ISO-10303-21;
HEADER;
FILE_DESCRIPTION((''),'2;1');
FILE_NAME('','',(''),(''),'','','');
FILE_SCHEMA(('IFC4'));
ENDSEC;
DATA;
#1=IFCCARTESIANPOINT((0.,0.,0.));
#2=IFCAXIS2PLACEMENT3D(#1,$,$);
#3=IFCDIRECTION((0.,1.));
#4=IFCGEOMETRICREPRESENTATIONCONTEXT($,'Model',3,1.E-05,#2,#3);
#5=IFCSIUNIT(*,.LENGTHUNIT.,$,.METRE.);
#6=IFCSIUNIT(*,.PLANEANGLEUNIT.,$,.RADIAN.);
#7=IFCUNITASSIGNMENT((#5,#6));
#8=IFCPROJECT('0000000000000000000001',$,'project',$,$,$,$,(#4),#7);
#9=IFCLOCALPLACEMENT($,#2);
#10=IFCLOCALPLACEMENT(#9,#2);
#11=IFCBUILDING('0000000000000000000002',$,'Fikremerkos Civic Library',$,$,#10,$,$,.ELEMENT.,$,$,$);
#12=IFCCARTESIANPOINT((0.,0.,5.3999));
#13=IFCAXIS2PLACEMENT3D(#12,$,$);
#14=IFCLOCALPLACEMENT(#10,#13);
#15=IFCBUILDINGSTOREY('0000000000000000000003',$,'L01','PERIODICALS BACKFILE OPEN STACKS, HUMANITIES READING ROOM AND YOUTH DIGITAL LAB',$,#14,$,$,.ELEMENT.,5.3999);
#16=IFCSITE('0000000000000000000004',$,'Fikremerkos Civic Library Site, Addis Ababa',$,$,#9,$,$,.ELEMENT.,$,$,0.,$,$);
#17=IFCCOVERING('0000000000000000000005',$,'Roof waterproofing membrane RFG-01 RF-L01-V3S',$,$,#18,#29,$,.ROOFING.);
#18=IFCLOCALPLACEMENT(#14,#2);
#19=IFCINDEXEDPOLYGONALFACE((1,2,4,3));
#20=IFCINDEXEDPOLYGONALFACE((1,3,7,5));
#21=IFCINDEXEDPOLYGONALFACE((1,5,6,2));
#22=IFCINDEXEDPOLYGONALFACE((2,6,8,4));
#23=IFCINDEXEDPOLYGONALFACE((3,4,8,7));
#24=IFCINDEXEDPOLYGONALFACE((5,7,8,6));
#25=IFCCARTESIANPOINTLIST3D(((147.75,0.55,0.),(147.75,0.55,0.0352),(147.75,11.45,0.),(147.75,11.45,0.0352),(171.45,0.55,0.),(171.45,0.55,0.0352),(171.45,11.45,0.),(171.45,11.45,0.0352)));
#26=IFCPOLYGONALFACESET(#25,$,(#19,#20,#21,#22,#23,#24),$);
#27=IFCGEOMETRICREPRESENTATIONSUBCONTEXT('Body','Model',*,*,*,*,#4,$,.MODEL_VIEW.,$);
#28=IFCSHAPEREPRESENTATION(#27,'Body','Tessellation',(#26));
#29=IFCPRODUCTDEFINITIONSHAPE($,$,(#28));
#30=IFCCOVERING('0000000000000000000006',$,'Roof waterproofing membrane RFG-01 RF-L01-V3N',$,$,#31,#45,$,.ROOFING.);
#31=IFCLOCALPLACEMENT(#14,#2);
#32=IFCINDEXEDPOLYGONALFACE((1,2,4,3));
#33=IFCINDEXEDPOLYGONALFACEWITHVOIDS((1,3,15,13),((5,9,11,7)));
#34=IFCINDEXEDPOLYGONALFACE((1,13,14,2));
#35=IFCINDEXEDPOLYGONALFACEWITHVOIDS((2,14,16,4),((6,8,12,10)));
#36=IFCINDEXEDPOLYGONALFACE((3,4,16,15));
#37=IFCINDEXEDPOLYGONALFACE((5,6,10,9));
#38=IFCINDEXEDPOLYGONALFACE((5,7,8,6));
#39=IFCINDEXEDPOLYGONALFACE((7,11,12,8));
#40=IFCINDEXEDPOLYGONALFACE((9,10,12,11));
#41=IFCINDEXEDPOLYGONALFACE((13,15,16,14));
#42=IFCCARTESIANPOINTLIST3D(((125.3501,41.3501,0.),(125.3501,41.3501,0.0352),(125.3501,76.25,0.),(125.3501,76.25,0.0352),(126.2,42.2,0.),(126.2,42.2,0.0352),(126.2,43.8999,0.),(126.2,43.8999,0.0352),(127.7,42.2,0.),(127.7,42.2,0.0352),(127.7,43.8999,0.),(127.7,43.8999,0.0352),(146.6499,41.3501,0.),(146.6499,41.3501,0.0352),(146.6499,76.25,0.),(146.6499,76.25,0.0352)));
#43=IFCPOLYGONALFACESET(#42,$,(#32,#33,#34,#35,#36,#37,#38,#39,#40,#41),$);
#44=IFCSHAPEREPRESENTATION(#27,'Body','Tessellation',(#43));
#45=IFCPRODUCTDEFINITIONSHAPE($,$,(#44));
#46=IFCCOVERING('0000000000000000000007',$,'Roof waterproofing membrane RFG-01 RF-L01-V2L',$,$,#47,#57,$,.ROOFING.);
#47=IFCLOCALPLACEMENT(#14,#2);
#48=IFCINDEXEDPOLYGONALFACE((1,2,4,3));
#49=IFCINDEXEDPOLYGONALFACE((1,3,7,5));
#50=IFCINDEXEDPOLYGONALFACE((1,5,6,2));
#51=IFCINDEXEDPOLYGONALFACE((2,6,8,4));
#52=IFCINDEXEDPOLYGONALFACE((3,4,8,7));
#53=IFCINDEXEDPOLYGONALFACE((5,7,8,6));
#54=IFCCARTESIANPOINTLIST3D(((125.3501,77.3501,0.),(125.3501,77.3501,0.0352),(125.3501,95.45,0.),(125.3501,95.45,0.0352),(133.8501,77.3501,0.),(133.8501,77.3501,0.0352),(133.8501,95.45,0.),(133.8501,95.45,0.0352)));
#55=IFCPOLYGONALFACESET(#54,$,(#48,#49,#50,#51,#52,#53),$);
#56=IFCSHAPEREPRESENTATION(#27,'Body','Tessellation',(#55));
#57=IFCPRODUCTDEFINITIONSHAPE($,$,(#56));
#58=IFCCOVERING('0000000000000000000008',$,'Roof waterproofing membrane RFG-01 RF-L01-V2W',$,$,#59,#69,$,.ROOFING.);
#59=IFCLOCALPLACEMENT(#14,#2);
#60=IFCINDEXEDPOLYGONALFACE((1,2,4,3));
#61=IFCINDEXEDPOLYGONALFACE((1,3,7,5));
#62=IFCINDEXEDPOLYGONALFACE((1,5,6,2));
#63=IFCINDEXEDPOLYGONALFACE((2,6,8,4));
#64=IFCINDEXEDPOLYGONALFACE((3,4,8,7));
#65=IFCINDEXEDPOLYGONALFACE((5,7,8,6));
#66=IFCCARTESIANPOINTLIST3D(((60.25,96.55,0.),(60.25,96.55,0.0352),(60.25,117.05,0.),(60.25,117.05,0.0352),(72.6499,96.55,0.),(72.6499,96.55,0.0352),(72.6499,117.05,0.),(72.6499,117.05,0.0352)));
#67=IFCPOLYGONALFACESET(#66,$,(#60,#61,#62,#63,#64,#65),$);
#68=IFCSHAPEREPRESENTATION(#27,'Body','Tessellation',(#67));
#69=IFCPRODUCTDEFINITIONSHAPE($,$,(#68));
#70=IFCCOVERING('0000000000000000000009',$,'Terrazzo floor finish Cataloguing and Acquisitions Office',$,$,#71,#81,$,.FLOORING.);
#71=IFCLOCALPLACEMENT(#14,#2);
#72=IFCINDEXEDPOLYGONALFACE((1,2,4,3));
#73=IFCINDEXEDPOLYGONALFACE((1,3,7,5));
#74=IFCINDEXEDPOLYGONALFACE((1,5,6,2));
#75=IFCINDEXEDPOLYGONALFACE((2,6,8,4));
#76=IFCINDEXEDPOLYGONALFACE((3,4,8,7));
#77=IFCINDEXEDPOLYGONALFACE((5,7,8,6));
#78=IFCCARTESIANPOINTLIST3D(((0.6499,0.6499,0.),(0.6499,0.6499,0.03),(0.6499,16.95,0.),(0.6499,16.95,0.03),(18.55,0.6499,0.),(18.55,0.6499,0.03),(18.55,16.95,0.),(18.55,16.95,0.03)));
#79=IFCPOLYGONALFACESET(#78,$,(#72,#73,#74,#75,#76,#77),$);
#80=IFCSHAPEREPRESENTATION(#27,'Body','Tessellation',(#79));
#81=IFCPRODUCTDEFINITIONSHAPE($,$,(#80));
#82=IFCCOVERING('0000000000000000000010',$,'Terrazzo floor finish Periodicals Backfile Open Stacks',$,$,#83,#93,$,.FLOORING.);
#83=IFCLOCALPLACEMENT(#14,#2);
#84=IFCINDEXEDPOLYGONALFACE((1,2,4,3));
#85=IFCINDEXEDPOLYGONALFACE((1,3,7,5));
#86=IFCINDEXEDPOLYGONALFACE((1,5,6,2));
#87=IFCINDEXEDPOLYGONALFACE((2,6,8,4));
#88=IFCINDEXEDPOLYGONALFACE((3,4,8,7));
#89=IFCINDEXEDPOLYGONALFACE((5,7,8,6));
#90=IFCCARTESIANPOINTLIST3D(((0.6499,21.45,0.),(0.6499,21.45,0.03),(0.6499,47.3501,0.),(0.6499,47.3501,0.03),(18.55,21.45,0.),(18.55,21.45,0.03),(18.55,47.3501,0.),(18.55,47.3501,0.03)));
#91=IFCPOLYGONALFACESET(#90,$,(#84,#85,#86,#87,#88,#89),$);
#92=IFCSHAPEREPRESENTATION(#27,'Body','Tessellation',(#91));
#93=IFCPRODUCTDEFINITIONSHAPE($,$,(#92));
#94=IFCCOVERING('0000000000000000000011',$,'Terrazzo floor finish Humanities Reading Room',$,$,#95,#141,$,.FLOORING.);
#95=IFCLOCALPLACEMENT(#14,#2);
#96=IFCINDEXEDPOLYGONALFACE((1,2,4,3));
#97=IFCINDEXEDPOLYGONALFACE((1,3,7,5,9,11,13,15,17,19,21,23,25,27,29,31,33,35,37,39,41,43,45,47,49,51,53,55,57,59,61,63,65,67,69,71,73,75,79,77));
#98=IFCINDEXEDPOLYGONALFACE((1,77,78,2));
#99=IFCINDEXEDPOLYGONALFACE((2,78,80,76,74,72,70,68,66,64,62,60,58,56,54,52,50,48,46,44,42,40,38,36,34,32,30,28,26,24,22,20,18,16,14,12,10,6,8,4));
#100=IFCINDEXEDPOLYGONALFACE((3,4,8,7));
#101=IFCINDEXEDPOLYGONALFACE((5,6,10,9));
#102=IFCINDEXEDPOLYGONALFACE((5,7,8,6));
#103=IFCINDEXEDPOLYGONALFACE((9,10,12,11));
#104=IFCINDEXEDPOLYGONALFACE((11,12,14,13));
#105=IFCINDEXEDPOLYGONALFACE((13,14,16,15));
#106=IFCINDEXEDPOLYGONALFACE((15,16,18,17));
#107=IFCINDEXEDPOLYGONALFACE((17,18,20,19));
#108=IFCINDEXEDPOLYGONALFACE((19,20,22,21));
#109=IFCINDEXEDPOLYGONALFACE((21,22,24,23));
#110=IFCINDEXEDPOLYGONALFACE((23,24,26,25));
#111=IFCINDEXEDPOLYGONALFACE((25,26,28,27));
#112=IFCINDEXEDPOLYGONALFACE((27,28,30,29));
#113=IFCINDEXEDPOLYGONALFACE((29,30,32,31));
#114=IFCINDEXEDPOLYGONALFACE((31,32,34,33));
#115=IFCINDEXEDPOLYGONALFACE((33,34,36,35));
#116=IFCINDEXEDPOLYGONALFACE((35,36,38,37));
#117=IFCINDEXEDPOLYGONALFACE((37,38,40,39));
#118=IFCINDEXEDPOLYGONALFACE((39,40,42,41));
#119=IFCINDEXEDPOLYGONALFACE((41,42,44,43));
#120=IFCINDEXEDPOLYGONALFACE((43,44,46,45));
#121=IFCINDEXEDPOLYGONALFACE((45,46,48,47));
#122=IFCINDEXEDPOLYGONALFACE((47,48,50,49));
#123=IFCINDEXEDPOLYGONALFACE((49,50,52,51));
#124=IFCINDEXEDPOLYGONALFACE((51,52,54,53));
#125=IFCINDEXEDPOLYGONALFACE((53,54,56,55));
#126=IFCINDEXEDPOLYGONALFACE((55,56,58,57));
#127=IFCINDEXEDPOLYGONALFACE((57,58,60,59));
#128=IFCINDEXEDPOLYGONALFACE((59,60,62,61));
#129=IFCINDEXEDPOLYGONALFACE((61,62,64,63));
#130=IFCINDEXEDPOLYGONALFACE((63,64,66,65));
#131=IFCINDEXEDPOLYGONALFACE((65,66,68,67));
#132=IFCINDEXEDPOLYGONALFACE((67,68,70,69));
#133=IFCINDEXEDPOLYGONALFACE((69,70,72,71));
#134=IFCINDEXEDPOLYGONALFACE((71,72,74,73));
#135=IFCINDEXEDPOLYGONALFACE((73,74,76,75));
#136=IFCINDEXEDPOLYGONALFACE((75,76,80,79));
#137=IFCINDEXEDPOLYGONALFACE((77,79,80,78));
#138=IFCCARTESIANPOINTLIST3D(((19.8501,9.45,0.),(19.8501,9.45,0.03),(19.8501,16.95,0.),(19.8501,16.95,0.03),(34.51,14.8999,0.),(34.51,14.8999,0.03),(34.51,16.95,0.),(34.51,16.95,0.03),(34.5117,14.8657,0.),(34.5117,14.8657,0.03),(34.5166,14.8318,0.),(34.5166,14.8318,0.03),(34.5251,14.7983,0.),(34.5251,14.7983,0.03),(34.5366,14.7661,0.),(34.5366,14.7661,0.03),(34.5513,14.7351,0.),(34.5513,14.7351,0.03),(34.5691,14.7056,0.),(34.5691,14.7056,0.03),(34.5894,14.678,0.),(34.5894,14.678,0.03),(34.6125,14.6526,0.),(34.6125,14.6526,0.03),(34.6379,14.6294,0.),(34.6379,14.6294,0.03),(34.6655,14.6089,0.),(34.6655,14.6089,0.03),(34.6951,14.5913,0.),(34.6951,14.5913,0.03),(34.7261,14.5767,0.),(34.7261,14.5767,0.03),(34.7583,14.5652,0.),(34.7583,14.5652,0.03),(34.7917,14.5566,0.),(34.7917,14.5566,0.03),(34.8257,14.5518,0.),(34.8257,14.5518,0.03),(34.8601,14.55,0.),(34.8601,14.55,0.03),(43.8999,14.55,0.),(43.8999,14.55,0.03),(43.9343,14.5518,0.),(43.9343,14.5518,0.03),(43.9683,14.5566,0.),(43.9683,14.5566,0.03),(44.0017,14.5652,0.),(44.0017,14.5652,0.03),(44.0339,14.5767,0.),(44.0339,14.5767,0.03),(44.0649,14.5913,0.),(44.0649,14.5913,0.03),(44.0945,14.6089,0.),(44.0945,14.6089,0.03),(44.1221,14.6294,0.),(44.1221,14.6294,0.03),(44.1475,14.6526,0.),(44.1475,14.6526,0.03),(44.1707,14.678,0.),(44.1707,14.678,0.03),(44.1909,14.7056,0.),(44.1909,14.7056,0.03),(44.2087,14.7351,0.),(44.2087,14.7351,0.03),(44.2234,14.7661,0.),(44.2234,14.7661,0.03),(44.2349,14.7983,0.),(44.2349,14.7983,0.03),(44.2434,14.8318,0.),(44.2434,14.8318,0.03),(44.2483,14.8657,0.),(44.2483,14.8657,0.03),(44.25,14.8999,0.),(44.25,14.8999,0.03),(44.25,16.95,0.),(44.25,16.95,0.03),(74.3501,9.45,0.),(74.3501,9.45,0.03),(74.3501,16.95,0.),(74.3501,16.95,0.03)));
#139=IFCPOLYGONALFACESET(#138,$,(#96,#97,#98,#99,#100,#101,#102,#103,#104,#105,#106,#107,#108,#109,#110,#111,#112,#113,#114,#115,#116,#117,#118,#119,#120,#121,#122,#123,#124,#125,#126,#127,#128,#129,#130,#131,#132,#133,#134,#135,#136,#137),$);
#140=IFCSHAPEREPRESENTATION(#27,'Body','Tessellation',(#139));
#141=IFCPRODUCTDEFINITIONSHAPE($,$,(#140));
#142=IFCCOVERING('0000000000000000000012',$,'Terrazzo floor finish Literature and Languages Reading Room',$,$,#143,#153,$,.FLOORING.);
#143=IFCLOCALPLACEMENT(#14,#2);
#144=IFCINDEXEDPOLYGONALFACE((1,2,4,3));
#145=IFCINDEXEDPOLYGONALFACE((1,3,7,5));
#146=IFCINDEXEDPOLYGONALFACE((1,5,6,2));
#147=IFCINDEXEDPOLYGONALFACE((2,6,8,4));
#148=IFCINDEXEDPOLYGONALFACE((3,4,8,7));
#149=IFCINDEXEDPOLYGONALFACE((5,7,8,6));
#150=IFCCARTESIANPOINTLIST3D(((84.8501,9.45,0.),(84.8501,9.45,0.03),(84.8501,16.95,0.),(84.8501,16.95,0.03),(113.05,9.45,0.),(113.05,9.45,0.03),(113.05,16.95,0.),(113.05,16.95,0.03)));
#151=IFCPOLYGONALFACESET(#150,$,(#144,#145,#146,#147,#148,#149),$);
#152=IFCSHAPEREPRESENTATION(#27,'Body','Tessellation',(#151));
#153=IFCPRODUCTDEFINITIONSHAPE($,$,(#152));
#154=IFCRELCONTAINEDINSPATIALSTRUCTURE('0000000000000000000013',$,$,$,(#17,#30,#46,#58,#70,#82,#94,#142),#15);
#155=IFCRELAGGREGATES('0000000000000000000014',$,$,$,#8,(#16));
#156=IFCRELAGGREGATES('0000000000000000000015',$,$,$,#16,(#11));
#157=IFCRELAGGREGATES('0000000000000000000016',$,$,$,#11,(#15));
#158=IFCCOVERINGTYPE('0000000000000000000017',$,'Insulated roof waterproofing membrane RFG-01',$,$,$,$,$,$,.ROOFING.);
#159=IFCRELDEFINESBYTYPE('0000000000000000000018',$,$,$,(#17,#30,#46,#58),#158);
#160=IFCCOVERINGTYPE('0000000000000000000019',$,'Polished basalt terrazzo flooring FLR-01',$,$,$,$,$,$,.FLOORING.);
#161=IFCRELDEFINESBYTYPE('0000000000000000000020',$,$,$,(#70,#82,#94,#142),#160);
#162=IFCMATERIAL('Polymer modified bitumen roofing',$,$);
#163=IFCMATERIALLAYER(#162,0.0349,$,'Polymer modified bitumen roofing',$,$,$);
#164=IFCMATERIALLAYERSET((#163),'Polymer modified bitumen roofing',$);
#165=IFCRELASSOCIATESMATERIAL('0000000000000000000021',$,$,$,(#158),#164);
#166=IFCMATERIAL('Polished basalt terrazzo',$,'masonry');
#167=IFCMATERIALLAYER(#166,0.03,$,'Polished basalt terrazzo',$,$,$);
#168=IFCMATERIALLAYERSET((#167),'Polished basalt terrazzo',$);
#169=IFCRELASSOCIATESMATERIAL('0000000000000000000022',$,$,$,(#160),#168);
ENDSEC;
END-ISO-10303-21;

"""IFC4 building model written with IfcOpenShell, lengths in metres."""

from ifc_helpers import new_model, si_unit, direction, frame, origin, place, context, subcontext, project, spatial, polyline, outline, extrude, material, layer, layer_set, type_object, element, save


model = new_model("IFC4")

# Units and contexts
model_context = context("Model", 3, precision=1e-05, world=origin(), true_north=direction((0.0, 1.0)))
body_context = subcontext(model_context, "Body", "Model", "MODEL_VIEW")
ifc_project = project(units=[si_unit("LENGTHUNIT", "METRE"), si_unit("PLANEANGLEUNIT", "RADIAN")], contexts=[model_context])

# Site, building, storey
site_placement = place(None, origin())
site = spatial("IfcSite", under=ifc_project, at=site_placement, Name="Fikremerkos Civic Library Site, Addis Ababa", CompositionType="ELEMENT", RefElevation=0.0)
building_placement = place(site_placement, origin())
building = spatial("IfcBuilding", under=site, at=building_placement, Name="Fikremerkos Civic Library", CompositionType="ELEMENT")
storey_placement = place(building_placement, frame((0.0, 0.0, 5.3999)))
storey = spatial("IfcBuildingStorey", under=building, at=storey_placement, Name="L01", Description="PERIODICALS BACKFILE OPEN STACKS, HUMANITIES READING ROOM AND YOUTH DIGITAL LAB", CompositionType="ELEMENT", Elevation=5.3999)

# Coverings
ifc_material_1 = material(Name="Polymer modified bitumen roofing")
ifc_layer_1 = layer(ifc_material_1, 0.0349, Name="Polymer modified bitumen roofing")
ifc_layer_set_1 = layer_set([ifc_layer_1], Name="Polymer modified bitumen roofing")
covering_type_1 = type_object("IfcCoveringType", Name="Insulated roof waterproofing membrane RFG-01", PredefinedType="ROOFING", material=ifc_layer_set_1)
covering_1_placement = place(storey_placement, origin())
element("IfcCovering", 1, at=covering_1_placement, inside=storey, type_object=covering_type_1, Name="Roof waterproofing membrane RFG-01 RF-L01-V3S", PredefinedType="ROOFING", context=body_context, shape_type="SweptSolid", body=[
    extrude(outline(polyline([(147.75, 0.55), (171.45, 0.55), (171.45, 11.45), (147.75, 11.45), (147.75, 0.55)])), origin(), (0.0, 0.0, 1.0), 0.0352),
])
covering_2_placement = place(storey_placement, origin())
element("IfcCovering", 2, at=covering_2_placement, inside=storey, type_object=covering_type_1, Name="Roof waterproofing membrane RFG-01 RF-L01-V3N", PredefinedType="ROOFING", context=body_context, shape_type="SweptSolid", body=[
    extrude(outline(polyline([(125.3501, 41.3501), (146.6499, 41.3501), (146.6499, 76.25), (125.3501, 76.25), (125.3501, 41.3501)]), holes=[polyline([(126.2, 42.2), (127.7, 42.2), (127.7, 43.8999), (126.2, 43.8999), (126.2, 42.2)])]), origin(), (0.0, 0.0, 1.0), 0.0352),
])
covering_3_placement = place(storey_placement, origin())
element("IfcCovering", 3, at=covering_3_placement, inside=storey, type_object=covering_type_1, Name="Roof waterproofing membrane RFG-01 RF-L01-V2L", PredefinedType="ROOFING", context=body_context, shape_type="SweptSolid", body=[
    extrude(outline(polyline([(125.3501, 77.3501), (133.8501, 77.3501), (133.8501, 95.45), (125.3501, 95.45), (125.3501, 77.3501)])), origin(), (0.0, 0.0, 1.0), 0.0352),
])
covering_4_placement = place(storey_placement, origin())
element("IfcCovering", 4, at=covering_4_placement, inside=storey, type_object=covering_type_1, Name="Roof waterproofing membrane RFG-01 RF-L01-V2W", PredefinedType="ROOFING", context=body_context, shape_type="SweptSolid", body=[
    extrude(outline(polyline([(60.25, 96.55), (72.6499, 96.55), (72.6499, 117.05), (60.25, 117.05), (60.25, 96.55)])), origin(), (0.0, 0.0, 1.0), 0.0352),
])
ifc_material_2 = material(Name="Polished basalt terrazzo", Category="masonry")
ifc_layer_2 = layer(ifc_material_2, 0.03, Name="Polished basalt terrazzo")
ifc_layer_set_2 = layer_set([ifc_layer_2], Name="Polished basalt terrazzo")
covering_type_2 = type_object("IfcCoveringType", Name="Polished basalt terrazzo flooring FLR-01", PredefinedType="FLOORING", material=ifc_layer_set_2)
covering_5_placement = place(storey_placement, origin())
element("IfcCovering", 5, at=covering_5_placement, inside=storey, type_object=covering_type_2, Name="Terrazzo floor finish Cataloguing and Acquisitions Office", PredefinedType="FLOORING", context=body_context, shape_type="SweptSolid", body=[
    extrude(outline(polyline([(18.55, 16.95), (18.55, 0.6499), (0.6499, 0.6499), (0.6499, 16.95), (18.55, 16.95)])), origin(), (0.0, 0.0, 1.0), 0.03),
])
covering_6_placement = place(storey_placement, origin())
element("IfcCovering", 6, at=covering_6_placement, inside=storey, type_object=covering_type_2, Name="Terrazzo floor finish Periodicals Backfile Open Stacks", PredefinedType="FLOORING", context=body_context, shape_type="SweptSolid", body=[
    extrude(outline(polyline([(18.55, 47.3501), (18.55, 21.45), (0.6499, 21.45), (0.6499, 47.3501), (18.55, 47.3501)])), origin(), (0.0, 0.0, 1.0), 0.03),
])
covering_7_placement = place(storey_placement, origin())
element("IfcCovering", 7, at=covering_7_placement, inside=storey, type_object=covering_type_2, Name="Terrazzo floor finish Humanities Reading Room", PredefinedType="FLOORING", context=body_context, shape_type="SweptSolid", body=[
    extrude(outline(polyline([(34.51, 16.95), (34.51, 14.8999), (34.5117, 14.8657), (34.5166, 14.8318), (34.5251, 14.7983), (34.5366, 14.7661), (34.5513, 14.7351), (34.5691, 14.7056), (34.5894, 14.678), (34.6125, 14.6526), (34.6379, 14.6294), (34.6655, 14.6089), (34.6951, 14.5913), (34.7261, 14.5767), (34.7583, 14.5652), (34.7917, 14.5566), (34.8257, 14.5518), (34.8601, 14.55), (43.8999, 14.55), (43.9343, 14.5518), (43.9683, 14.5566), (44.0017, 14.5652), (44.0339, 14.5767), (44.0649, 14.5913), (44.0945, 14.6089), (44.1221, 14.6294), (44.1475, 14.6526), (44.1707, 14.678), (44.1909, 14.7056), (44.2087, 14.7351), (44.2234, 14.7661), (44.2349, 14.7983), (44.2434, 14.8318), (44.2483, 14.8657), (44.25, 14.8999), (44.25, 16.95), (74.3501, 16.95), (74.3501, 9.45), (19.8501, 9.45), (19.8501, 16.95), (34.51, 16.95)])), origin(), (0.0, 0.0, 1.0), 0.03),
])
covering_8_placement = place(storey_placement, origin())
element("IfcCovering", 8, at=covering_8_placement, inside=storey, type_object=covering_type_2, Name="Terrazzo floor finish Literature and Languages Reading Room", PredefinedType="FLOORING", context=body_context, shape_type="SweptSolid", body=[
    extrude(outline(polyline([(113.05, 16.95), (113.05, 9.45), (84.8501, 9.45), (84.8501, 16.95), (113.05, 16.95)])), origin(), (0.0, 0.0, 1.0), 0.03),
])

save(model, "model.ifc")
